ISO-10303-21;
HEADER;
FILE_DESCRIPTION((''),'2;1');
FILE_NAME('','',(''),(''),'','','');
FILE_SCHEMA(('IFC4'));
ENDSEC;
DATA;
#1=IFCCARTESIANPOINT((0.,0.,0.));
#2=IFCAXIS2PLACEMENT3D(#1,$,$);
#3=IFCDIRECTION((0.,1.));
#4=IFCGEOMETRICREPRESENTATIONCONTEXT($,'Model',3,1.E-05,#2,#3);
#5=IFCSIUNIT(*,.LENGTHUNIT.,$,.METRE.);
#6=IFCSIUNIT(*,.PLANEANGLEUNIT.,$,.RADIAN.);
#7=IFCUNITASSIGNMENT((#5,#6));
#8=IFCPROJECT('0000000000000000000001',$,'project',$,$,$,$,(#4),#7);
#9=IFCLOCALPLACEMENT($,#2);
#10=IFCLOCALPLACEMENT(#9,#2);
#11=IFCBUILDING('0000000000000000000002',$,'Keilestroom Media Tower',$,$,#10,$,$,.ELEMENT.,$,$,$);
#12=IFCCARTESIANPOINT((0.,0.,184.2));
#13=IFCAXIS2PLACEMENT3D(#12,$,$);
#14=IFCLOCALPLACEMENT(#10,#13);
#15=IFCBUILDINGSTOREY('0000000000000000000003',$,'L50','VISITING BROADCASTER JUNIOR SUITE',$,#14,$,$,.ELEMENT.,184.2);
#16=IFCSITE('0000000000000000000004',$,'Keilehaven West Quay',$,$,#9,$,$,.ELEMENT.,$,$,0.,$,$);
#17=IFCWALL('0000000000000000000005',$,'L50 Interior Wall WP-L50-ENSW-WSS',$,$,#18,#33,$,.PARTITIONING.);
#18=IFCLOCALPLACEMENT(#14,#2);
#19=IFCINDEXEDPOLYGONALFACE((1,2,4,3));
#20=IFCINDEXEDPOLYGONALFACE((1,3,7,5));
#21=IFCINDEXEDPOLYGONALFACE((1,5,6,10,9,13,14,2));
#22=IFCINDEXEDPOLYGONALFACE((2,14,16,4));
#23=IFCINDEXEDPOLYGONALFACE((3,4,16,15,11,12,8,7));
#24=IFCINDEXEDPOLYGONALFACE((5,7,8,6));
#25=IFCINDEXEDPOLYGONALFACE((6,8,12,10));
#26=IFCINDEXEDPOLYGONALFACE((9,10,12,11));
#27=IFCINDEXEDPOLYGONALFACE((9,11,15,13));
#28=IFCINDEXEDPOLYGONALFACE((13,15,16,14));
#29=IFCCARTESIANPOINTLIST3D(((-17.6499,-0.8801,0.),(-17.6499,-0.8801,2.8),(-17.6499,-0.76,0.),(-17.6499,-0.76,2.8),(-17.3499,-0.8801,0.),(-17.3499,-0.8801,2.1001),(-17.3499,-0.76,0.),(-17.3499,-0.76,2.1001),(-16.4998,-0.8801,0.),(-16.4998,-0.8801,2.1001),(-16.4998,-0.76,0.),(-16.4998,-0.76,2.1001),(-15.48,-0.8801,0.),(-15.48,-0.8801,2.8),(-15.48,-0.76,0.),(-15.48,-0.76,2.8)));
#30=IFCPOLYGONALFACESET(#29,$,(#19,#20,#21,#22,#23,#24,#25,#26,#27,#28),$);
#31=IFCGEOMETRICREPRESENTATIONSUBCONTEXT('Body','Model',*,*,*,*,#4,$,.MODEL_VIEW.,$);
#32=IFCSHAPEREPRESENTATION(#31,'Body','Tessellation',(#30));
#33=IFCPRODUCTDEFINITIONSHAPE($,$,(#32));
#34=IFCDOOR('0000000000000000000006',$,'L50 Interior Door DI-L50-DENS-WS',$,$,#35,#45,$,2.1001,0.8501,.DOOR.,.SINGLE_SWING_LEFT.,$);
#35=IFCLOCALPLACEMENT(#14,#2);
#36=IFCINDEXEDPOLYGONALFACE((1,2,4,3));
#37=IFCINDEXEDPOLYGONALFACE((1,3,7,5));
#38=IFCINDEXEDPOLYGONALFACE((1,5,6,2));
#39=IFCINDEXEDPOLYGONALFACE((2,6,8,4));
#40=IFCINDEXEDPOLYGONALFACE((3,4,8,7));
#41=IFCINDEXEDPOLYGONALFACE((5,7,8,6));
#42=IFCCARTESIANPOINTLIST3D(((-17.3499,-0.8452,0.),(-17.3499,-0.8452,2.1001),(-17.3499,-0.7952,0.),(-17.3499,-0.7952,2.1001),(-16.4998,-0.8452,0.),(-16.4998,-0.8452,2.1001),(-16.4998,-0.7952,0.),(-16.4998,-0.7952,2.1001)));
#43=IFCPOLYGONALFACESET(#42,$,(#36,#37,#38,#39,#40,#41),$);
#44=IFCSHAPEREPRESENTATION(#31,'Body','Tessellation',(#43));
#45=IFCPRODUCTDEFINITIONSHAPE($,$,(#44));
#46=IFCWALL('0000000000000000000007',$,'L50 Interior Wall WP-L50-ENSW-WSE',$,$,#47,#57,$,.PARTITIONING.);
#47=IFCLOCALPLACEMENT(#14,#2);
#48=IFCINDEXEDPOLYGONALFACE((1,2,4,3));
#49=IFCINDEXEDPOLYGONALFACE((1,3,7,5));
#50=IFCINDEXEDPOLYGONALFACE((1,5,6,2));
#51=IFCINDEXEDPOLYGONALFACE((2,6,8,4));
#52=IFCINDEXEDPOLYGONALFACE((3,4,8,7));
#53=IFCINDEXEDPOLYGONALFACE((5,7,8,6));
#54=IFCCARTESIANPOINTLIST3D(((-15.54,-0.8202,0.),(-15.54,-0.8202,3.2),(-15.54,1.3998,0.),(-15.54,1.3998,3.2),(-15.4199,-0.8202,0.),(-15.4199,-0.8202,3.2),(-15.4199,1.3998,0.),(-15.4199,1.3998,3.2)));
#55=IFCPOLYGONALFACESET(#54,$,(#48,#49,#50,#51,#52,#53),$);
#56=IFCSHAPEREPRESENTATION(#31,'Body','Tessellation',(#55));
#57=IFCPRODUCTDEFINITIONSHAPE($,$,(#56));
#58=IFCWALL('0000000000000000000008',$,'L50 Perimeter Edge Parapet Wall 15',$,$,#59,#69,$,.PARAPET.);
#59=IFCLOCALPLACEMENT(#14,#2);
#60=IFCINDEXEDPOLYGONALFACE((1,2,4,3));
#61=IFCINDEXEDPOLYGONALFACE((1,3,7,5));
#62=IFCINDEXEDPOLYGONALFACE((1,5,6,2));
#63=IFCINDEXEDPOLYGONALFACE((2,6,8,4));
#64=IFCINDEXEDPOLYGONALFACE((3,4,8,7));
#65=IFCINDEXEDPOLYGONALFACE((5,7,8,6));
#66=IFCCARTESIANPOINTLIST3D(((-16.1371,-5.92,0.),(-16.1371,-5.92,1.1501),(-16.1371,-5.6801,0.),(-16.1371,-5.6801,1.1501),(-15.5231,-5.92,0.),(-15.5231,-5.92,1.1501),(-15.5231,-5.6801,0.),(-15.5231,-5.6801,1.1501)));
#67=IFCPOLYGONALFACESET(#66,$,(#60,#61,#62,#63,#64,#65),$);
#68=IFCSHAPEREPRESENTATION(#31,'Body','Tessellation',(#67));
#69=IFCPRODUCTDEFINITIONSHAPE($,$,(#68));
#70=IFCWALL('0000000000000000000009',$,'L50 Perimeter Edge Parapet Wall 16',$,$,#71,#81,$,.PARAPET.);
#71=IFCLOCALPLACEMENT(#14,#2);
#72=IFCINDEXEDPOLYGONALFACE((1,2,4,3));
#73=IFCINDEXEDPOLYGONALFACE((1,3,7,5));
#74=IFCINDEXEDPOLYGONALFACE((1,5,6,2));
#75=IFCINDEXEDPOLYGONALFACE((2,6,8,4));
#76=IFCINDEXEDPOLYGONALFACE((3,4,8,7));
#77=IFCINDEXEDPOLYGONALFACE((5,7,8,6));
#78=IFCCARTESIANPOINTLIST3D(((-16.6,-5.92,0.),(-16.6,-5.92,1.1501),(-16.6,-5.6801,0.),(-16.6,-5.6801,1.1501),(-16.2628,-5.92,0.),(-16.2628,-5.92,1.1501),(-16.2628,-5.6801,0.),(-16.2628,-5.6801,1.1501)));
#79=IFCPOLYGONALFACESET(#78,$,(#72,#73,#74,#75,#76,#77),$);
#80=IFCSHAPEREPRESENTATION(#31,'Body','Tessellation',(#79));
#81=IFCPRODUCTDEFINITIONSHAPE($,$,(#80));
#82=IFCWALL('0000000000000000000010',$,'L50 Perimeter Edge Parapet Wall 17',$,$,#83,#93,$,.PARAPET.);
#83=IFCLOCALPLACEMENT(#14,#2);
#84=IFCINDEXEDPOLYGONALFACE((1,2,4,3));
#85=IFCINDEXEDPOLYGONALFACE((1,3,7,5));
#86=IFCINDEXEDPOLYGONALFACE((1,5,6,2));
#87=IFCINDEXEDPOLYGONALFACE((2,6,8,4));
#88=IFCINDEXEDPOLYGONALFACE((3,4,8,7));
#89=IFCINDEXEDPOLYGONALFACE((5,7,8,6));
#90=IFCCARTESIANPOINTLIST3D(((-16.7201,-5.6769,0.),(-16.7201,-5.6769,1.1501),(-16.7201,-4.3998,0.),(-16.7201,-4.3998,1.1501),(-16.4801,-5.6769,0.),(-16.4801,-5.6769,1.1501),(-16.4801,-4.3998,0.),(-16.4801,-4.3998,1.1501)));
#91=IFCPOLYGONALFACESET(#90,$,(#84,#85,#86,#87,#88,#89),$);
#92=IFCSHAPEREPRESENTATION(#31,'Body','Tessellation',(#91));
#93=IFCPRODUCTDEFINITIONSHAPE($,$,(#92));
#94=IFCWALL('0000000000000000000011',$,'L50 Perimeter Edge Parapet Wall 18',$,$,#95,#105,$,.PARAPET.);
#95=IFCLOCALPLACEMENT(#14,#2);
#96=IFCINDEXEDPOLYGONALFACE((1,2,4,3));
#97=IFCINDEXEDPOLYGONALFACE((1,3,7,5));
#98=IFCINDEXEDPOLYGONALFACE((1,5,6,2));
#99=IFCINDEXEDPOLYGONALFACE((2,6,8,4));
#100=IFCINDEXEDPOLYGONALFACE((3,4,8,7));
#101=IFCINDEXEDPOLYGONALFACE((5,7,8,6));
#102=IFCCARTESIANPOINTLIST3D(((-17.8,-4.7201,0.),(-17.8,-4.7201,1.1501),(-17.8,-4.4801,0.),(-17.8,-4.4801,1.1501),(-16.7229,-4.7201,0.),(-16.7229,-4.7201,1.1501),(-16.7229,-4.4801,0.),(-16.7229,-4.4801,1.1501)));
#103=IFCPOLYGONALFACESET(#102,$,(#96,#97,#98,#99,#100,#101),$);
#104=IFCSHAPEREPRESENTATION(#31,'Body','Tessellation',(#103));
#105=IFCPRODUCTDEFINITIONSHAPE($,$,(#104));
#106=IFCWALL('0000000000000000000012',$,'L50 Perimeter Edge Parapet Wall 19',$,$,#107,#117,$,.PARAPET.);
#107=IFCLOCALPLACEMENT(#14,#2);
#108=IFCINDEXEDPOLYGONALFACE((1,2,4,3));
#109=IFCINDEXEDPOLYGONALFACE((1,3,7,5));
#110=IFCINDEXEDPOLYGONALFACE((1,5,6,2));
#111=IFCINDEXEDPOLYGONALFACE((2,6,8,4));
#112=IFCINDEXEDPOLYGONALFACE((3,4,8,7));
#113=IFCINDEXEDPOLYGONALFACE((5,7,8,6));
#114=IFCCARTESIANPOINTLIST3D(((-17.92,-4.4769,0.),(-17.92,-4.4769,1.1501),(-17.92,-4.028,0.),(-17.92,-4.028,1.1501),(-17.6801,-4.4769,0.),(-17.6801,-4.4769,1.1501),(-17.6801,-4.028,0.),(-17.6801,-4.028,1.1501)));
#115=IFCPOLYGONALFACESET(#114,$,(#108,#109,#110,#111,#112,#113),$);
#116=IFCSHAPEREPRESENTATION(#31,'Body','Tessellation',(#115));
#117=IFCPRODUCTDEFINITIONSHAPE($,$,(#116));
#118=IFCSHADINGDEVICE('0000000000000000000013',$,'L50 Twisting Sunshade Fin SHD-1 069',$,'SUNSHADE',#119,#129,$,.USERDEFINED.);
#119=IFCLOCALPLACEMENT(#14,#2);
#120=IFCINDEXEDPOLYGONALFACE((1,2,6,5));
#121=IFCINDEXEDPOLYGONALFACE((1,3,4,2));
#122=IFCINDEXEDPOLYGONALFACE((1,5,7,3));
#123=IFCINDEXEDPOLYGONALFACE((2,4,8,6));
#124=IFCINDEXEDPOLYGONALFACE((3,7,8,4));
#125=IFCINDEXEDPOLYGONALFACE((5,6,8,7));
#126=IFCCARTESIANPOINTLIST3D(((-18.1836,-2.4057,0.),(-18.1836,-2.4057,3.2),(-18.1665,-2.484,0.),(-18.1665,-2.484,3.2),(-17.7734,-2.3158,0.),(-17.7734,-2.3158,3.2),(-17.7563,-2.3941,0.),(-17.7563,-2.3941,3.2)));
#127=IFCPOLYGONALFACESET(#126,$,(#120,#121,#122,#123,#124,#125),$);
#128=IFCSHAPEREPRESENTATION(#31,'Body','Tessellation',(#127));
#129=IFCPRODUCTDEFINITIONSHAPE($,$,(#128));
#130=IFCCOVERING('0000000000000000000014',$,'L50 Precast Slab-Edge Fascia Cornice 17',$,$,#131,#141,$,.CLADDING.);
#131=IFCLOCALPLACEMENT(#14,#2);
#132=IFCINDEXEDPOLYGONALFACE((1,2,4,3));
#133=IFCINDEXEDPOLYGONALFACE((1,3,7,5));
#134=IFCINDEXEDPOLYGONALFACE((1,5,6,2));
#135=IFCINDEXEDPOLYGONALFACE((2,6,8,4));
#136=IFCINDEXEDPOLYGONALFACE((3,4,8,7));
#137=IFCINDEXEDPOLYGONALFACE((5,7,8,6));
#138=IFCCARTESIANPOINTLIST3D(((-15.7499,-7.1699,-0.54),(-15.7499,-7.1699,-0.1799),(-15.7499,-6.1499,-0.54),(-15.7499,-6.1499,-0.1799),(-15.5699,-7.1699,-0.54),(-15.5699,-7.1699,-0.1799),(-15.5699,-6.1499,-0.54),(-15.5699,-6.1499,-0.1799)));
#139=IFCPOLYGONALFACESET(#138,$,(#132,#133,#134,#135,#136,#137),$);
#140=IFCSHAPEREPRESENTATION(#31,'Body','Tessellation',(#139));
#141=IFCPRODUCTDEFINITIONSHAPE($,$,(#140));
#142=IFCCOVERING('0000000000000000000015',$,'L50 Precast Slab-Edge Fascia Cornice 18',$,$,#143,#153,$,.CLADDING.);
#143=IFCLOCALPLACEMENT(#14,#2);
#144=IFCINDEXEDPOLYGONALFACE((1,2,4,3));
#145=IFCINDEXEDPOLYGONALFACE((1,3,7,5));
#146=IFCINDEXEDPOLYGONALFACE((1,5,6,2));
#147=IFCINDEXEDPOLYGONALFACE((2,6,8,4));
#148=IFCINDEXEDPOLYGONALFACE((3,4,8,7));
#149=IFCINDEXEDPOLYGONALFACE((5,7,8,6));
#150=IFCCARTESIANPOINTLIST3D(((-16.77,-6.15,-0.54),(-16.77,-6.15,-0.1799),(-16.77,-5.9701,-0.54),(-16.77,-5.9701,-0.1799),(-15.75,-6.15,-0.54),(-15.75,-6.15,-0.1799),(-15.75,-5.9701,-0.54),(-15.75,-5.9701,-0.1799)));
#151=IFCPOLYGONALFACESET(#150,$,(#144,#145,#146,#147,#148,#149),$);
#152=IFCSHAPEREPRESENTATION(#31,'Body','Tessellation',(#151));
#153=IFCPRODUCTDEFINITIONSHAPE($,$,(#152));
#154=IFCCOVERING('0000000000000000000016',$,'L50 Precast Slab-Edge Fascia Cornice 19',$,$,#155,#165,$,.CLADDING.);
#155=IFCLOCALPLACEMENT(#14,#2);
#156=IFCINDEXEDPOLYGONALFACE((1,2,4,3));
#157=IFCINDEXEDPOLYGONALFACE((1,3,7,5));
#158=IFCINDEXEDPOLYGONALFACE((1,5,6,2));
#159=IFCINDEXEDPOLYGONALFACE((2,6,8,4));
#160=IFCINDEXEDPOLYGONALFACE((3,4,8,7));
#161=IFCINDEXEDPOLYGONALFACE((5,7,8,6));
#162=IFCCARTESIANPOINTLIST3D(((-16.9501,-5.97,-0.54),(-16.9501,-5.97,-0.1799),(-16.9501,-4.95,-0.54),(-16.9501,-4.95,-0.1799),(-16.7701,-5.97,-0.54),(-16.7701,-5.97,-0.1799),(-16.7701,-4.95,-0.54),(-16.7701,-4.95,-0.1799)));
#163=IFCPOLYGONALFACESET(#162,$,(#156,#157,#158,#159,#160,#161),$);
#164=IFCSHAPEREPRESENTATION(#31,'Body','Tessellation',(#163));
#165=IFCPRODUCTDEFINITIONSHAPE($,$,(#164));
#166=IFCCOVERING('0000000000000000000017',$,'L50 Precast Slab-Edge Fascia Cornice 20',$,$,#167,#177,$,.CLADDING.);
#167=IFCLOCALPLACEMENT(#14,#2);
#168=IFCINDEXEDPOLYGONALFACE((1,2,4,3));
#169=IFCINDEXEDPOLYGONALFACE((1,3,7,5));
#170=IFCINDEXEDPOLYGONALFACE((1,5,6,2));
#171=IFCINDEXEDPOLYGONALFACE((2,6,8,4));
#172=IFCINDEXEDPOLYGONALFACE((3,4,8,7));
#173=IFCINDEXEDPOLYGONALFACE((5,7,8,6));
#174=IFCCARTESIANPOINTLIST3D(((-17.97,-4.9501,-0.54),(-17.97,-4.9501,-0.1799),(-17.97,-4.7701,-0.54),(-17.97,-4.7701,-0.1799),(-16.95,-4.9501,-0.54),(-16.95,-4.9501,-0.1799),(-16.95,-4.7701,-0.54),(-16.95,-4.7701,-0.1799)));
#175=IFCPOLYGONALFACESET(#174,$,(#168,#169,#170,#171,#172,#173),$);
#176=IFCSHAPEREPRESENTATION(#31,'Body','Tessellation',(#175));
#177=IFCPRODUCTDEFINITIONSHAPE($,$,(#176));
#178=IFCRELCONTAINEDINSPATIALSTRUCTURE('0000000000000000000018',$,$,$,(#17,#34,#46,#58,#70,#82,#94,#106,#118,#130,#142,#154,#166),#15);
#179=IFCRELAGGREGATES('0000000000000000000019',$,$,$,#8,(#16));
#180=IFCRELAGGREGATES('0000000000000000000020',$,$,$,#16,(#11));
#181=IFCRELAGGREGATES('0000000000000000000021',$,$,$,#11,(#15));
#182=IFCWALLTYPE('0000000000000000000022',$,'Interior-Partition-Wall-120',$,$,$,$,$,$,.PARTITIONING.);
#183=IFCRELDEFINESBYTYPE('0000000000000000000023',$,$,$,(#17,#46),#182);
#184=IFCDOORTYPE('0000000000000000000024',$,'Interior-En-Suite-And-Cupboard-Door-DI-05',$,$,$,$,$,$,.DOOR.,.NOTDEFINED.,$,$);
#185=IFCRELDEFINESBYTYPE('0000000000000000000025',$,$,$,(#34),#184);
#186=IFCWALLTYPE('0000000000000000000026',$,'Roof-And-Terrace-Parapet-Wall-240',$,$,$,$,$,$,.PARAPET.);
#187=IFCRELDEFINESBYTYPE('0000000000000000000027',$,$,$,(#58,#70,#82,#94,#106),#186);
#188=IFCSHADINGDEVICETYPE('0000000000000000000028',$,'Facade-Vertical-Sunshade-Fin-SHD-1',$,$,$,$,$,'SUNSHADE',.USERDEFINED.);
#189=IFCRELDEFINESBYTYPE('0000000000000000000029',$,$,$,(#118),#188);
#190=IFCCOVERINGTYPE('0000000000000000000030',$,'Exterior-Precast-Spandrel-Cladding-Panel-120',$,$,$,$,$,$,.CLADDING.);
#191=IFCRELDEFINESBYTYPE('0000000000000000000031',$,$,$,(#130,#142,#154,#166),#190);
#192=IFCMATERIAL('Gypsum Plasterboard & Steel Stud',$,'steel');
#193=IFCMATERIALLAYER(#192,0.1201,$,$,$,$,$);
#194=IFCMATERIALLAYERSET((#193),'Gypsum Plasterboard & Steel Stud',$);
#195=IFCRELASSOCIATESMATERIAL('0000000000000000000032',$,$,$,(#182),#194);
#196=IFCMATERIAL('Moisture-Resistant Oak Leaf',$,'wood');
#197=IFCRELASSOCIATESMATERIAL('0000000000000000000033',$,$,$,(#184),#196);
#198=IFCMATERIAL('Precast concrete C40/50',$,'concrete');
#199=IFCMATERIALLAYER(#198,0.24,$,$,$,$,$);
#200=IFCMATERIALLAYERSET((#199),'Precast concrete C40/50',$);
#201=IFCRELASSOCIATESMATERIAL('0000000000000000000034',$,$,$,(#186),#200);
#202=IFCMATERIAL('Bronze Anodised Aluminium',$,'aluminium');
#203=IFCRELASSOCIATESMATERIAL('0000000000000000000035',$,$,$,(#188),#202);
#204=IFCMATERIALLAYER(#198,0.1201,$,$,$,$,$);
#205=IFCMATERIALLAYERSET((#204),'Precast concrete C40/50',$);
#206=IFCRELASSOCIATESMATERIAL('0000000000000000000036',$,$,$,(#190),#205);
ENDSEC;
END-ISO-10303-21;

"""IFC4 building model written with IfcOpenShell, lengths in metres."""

from ifc_helpers import new_model, si_unit, direction, frame, frame_2d, origin, origin_2d, place, context, subcontext, project, spatial, rectangle, extrude, source, transform, mapped, material, layer, layer_set, type_object, element, fill, save


model = new_model("IFC4")

# Units and contexts
model_context = context("Model", 3, precision=1e-05, world=origin(), true_north=direction((0.0, 1.0)))
body_context = subcontext(model_context, "Body", "Model", "MODEL_VIEW")
ifc_project = project(units=[si_unit("LENGTHUNIT", "METRE"), si_unit("PLANEANGLEUNIT", "RADIAN")], contexts=[model_context])

# Site, building, storey
site_placement = place(None, origin())
site = spatial("IfcSite", under=ifc_project, at=site_placement, Name="Keilehaven West Quay", CompositionType="ELEMENT", RefElevation=0.0)
building_placement = place(site_placement, origin())
building = spatial("IfcBuilding", under=site, at=building_placement, Name="Keilestroom Media Tower", CompositionType="ELEMENT")
storey_placement = place(building_placement, frame((0.0, 0.0, 184.2)))
storey = spatial("IfcBuildingStorey", under=building, at=storey_placement, Name="L50", Description="VISITING BROADCASTER JUNIOR SUITE", CompositionType="ELEMENT", Elevation=184.2)

# Shared definitions
ifc_material_1 = material(Name="Precast concrete C40/50", Category="concrete")

# Wall, opening, door
ifc_material_2 = material(Name="Gypsum Plasterboard & Steel Stud", Category="steel")
ifc_layer_1 = layer(ifc_material_2, 0.1201)
ifc_layer_set_1 = layer_set([ifc_layer_1], Name="Gypsum Plasterboard & Steel Stud")
wall_type_1 = type_object("IfcWallType", Name="Interior-Partition-Wall-120", PredefinedType="PARTITIONING", material=ifc_layer_set_1)
wall_1_placement = place(storey_placement, frame((-17.6499, -0.8201, 0.0), z_axis=(0.0, 0.0, 1.0), x_axis=(1.0, 0.0, 0.0)))
wall_1 = element("IfcWall", 1, at=wall_1_placement, inside=storey, type_object=wall_type_1, Name="L50 Interior Wall WP-L50-ENSW-WSS", PredefinedType="PARTITIONING", context=body_context, shape_type="SweptSolid", body=[
    extrude(rectangle(XDim=2.1699, YDim=0.1201, at=frame_2d((1.085, 0.0))), origin(), (0.0, 0.0, 1.0), 2.8),
])
opening_placement = place(wall_1_placement, frame((0.3, 0.0, 0.0)))
opening = element("IfcOpeningElement", 2, at=opening_placement, cuts=wall_1, PredefinedType="OPENING", context=body_context, shape_type="SweptSolid", body=[
    extrude(rectangle(XDim=0.8501, YDim=2.1001, at=frame_2d((0.425, 1.05))), frame((0.0, 0.0701, 0.0), z_axis=(0.0, -1.0, 0.0), x_axis=(1.0, 0.0, 0.0)), (0.0, 0.0, 1.0), 0.1401),
])
ifc_material_3 = material(Name="Moisture-Resistant Oak Leaf", Category="wood")
door_type = type_object("IfcDoorType", Name="Interior-En-Suite-And-Cupboard-Door-DI-05", OperationType="NOTDEFINED", PredefinedType="DOOR", material=ifc_material_3)
shared_shape_1 = source(origin(), body_context, "Body", "SweptSolid", [
    extrude(rectangle(XDim=0.8501, YDim=2.1001, at=frame_2d((0.425, 1.05))), frame((0.0, 0.0249, 0.0), z_axis=(0.0, -1.0, 0.0), x_axis=(1.0, 0.0, 0.0)), (0.0, 0.0, 1.0), 0.05),
])
door_placement = place(opening_placement, origin())
door = element("IfcDoor", 3, at=door_placement, inside=storey, type_object=door_type, Name="L50 Interior Door DI-L50-DENS-WS", OperationType="SINGLE_SWING_LEFT", OverallHeight=2.1001, OverallWidth=0.8501, PredefinedType="DOOR", context=body_context, shape_type="MappedRepresentation", body=[
    mapped(shared_shape_1, transform((0.0, 0.0, 0.0), x_axis=(1.0, 0.0, 0.0), y_axis=(0.0, 1.0, 0.0), z_axis=(0.0, 0.0, 1.0), scale=1.0)),
])
fill(opening, door)

# Walls
wall_2_placement = place(storey_placement, frame((-15.48, -0.8201, 0.0), z_axis=(0.0, 0.0, 1.0), x_axis=(0.0, 1.0, 0.0)))
element("IfcWall", 4, at=wall_2_placement, inside=storey, type_object=wall_type_1, Name="L50 Interior Wall WP-L50-ENSW-WSE", PredefinedType="PARTITIONING", context=body_context, shape_type="SweptSolid", body=[
    extrude(rectangle(XDim=2.22, YDim=0.1201, at=frame_2d((1.1099, 0.0))), origin(), (0.0, 0.0, 1.0), 3.2),
])
ifc_layer_2 = layer(ifc_material_1, 0.24)
ifc_layer_set_2 = layer_set([ifc_layer_2], Name="Precast concrete C40/50")
wall_type_2 = type_object("IfcWallType", Name="Roof-And-Terrace-Parapet-Wall-240", PredefinedType="PARAPET", material=ifc_layer_set_2)
wall_3_placement = place(storey_placement, frame((-15.5229, -5.8, 0.0), z_axis=(0.0, 0.0, 1.0), x_axis=(-1.0, 0.0, 0.0)))
element("IfcWall", 5, at=wall_3_placement, inside=storey, type_object=wall_type_2, Name="L50 Perimeter Edge Parapet Wall 15", PredefinedType="PARAPET", context=body_context, shape_type="SweptSolid", body=[
    extrude(rectangle(XDim=0.614, YDim=0.24, at=frame_2d((0.3071, 0.0))), origin(), (0.0, 0.0, 1.0), 1.1501),
])
wall_4_placement = place(storey_placement, frame((-16.2629, -5.8, 0.0), z_axis=(0.0, 0.0, 1.0), x_axis=(-1.0, 0.0, 0.0)))
element("IfcWall", 6, at=wall_4_placement, inside=storey, type_object=wall_type_2, Name="L50 Perimeter Edge Parapet Wall 16", PredefinedType="PARAPET", context=body_context, shape_type="SweptSolid", body=[
    extrude(rectangle(XDim=0.3372, YDim=0.24, at=frame_2d((0.1685, 0.0))), origin(), (0.0, 0.0, 1.0), 1.1501),
])
wall_5_placement = place(storey_placement, frame((-16.6001, -5.677, 0.0), z_axis=(0.0, 0.0, 1.0), x_axis=(0.0, 1.0, 0.0)))
element("IfcWall", 7, at=wall_5_placement, inside=storey, type_object=wall_type_2, Name="L50 Perimeter Edge Parapet Wall 17", PredefinedType="PARAPET", context=body_context, shape_type="SweptSolid", body=[
    extrude(rectangle(XDim=1.2771, YDim=0.24, at=frame_2d((0.6387, 0.0))), origin(), (0.0, 0.0, 1.0), 1.1501),
])
wall_6_placement = place(storey_placement, frame((-16.7229, -4.6001, 0.0), z_axis=(0.0, 0.0, 1.0), x_axis=(-1.0, 0.0, 0.0)))
element("IfcWall", 8, at=wall_6_placement, inside=storey, type_object=wall_type_2, Name="L50 Perimeter Edge Parapet Wall 18", PredefinedType="PARAPET", context=body_context, shape_type="SweptSolid", body=[
    extrude(rectangle(XDim=1.0771, YDim=0.24, at=frame_2d((0.5386, 0.0))), origin(), (0.0, 0.0, 1.0), 1.1501),
])
wall_7_placement = place(storey_placement, frame((-17.8, -4.4771, 0.0), z_axis=(0.0, 0.0, 1.0), x_axis=(0.0, 1.0, 0.0)))
element("IfcWall", 9, at=wall_7_placement, inside=storey, type_object=wall_type_2, Name="L50 Perimeter Edge Parapet Wall 19", PredefinedType="PARAPET", context=body_context, shape_type="SweptSolid", body=[
    extrude(rectangle(XDim=0.449, YDim=0.24, at=frame_2d((0.2246, 0.0))), origin(), (0.0, 0.0, 1.0), 1.1501),
])

# Shading device
ifc_material_4 = material(Name="Bronze Anodised Aluminium", Category="aluminium")
shading_device_type = type_object("IfcShadingDeviceType", Name="Facade-Vertical-Sunshade-Fin-SHD-1", ElementType="SUNSHADE", PredefinedType="USERDEFINED", material=ifc_material_4)
shared_shape_2 = source(origin(), body_context, "Body", "SweptSolid", [
    extrude(rectangle(XDim=0.4199, YDim=0.0801, at=origin_2d()), origin(), (0.0, 0.0, 1.0), 3.2),
])
shading_device_placement = place(storey_placement, frame((-17.97, -2.3999, 0.0), z_axis=(0.0, 0.0, 1.0), x_axis=(0.976822, 0.214053, 0.0)))
element("IfcShadingDevice", 10, at=shading_device_placement, inside=storey, type_object=shading_device_type, Name="L50 Twisting Sunshade Fin SHD-1 069", ObjectType="SUNSHADE", PredefinedType="USERDEFINED", context=body_context, shape_type="MappedRepresentation", body=[
    mapped(shared_shape_2, transform((0.0, 0.0, 0.0), x_axis=(1.0, 0.0, 0.0), y_axis=(0.0, 1.0, 0.0), z_axis=(0.0, 0.0, 1.0), scale=1.0)),
])

# Coverings
ifc_layer_3 = layer(ifc_material_1, 0.1201)
ifc_layer_set_3 = layer_set([ifc_layer_3], Name="Precast concrete C40/50")
covering_type = type_object("IfcCoveringType", Name="Exterior-Precast-Spandrel-Cladding-Panel-120", PredefinedType="CLADDING", material=ifc_layer_set_3)
shared_shape_3 = source(origin(), body_context, "Body", "SweptSolid", [
    extrude(rectangle(XDim=1.02, YDim=0.1799, at=origin_2d()), origin(), (0.0, 0.0, 1.0), 0.3601),
])
for number, where, z_axis, x_axis, name in (
    (11, (-15.6599, -6.6599, -0.54), (0.0, 0.0, 1.0), (0.0, 1.0, 0.0), "L50 Precast Slab-Edge Fascia Cornice 17"),
    (12, (-16.26, -6.0601, -0.54), (0.0, 0.0, 1.0), (-1.0, 0.0, 0.0), "L50 Precast Slab-Edge Fascia Cornice 18"),
    (13, (-16.8601, -5.46, -0.54), (0.0, 0.0, 1.0), (0.0, 1.0, 0.0), "L50 Precast Slab-Edge Fascia Cornice 19"),
    (14, (-17.46, -4.8601, -0.54), (0.0, 0.0, 1.0), (-1.0, 0.0, 0.0), "L50 Precast Slab-Edge Fascia Cornice 20"),
):
    element("IfcCovering", number, at=place(storey_placement, frame(where, z_axis=z_axis, x_axis=x_axis)), inside=storey, type_object=covering_type, Name=name, PredefinedType="CLADDING", context=body_context, shape_type="MappedRepresentation", body=[
        mapped(shared_shape_3, transform((0.0, 0.0, 0.0), x_axis=(1.0, 0.0, 0.0), y_axis=(0.0, 1.0, 0.0), z_axis=(0.0, 0.0, 1.0), scale=1.0)),
    ])

save(model, "model.ifc")
